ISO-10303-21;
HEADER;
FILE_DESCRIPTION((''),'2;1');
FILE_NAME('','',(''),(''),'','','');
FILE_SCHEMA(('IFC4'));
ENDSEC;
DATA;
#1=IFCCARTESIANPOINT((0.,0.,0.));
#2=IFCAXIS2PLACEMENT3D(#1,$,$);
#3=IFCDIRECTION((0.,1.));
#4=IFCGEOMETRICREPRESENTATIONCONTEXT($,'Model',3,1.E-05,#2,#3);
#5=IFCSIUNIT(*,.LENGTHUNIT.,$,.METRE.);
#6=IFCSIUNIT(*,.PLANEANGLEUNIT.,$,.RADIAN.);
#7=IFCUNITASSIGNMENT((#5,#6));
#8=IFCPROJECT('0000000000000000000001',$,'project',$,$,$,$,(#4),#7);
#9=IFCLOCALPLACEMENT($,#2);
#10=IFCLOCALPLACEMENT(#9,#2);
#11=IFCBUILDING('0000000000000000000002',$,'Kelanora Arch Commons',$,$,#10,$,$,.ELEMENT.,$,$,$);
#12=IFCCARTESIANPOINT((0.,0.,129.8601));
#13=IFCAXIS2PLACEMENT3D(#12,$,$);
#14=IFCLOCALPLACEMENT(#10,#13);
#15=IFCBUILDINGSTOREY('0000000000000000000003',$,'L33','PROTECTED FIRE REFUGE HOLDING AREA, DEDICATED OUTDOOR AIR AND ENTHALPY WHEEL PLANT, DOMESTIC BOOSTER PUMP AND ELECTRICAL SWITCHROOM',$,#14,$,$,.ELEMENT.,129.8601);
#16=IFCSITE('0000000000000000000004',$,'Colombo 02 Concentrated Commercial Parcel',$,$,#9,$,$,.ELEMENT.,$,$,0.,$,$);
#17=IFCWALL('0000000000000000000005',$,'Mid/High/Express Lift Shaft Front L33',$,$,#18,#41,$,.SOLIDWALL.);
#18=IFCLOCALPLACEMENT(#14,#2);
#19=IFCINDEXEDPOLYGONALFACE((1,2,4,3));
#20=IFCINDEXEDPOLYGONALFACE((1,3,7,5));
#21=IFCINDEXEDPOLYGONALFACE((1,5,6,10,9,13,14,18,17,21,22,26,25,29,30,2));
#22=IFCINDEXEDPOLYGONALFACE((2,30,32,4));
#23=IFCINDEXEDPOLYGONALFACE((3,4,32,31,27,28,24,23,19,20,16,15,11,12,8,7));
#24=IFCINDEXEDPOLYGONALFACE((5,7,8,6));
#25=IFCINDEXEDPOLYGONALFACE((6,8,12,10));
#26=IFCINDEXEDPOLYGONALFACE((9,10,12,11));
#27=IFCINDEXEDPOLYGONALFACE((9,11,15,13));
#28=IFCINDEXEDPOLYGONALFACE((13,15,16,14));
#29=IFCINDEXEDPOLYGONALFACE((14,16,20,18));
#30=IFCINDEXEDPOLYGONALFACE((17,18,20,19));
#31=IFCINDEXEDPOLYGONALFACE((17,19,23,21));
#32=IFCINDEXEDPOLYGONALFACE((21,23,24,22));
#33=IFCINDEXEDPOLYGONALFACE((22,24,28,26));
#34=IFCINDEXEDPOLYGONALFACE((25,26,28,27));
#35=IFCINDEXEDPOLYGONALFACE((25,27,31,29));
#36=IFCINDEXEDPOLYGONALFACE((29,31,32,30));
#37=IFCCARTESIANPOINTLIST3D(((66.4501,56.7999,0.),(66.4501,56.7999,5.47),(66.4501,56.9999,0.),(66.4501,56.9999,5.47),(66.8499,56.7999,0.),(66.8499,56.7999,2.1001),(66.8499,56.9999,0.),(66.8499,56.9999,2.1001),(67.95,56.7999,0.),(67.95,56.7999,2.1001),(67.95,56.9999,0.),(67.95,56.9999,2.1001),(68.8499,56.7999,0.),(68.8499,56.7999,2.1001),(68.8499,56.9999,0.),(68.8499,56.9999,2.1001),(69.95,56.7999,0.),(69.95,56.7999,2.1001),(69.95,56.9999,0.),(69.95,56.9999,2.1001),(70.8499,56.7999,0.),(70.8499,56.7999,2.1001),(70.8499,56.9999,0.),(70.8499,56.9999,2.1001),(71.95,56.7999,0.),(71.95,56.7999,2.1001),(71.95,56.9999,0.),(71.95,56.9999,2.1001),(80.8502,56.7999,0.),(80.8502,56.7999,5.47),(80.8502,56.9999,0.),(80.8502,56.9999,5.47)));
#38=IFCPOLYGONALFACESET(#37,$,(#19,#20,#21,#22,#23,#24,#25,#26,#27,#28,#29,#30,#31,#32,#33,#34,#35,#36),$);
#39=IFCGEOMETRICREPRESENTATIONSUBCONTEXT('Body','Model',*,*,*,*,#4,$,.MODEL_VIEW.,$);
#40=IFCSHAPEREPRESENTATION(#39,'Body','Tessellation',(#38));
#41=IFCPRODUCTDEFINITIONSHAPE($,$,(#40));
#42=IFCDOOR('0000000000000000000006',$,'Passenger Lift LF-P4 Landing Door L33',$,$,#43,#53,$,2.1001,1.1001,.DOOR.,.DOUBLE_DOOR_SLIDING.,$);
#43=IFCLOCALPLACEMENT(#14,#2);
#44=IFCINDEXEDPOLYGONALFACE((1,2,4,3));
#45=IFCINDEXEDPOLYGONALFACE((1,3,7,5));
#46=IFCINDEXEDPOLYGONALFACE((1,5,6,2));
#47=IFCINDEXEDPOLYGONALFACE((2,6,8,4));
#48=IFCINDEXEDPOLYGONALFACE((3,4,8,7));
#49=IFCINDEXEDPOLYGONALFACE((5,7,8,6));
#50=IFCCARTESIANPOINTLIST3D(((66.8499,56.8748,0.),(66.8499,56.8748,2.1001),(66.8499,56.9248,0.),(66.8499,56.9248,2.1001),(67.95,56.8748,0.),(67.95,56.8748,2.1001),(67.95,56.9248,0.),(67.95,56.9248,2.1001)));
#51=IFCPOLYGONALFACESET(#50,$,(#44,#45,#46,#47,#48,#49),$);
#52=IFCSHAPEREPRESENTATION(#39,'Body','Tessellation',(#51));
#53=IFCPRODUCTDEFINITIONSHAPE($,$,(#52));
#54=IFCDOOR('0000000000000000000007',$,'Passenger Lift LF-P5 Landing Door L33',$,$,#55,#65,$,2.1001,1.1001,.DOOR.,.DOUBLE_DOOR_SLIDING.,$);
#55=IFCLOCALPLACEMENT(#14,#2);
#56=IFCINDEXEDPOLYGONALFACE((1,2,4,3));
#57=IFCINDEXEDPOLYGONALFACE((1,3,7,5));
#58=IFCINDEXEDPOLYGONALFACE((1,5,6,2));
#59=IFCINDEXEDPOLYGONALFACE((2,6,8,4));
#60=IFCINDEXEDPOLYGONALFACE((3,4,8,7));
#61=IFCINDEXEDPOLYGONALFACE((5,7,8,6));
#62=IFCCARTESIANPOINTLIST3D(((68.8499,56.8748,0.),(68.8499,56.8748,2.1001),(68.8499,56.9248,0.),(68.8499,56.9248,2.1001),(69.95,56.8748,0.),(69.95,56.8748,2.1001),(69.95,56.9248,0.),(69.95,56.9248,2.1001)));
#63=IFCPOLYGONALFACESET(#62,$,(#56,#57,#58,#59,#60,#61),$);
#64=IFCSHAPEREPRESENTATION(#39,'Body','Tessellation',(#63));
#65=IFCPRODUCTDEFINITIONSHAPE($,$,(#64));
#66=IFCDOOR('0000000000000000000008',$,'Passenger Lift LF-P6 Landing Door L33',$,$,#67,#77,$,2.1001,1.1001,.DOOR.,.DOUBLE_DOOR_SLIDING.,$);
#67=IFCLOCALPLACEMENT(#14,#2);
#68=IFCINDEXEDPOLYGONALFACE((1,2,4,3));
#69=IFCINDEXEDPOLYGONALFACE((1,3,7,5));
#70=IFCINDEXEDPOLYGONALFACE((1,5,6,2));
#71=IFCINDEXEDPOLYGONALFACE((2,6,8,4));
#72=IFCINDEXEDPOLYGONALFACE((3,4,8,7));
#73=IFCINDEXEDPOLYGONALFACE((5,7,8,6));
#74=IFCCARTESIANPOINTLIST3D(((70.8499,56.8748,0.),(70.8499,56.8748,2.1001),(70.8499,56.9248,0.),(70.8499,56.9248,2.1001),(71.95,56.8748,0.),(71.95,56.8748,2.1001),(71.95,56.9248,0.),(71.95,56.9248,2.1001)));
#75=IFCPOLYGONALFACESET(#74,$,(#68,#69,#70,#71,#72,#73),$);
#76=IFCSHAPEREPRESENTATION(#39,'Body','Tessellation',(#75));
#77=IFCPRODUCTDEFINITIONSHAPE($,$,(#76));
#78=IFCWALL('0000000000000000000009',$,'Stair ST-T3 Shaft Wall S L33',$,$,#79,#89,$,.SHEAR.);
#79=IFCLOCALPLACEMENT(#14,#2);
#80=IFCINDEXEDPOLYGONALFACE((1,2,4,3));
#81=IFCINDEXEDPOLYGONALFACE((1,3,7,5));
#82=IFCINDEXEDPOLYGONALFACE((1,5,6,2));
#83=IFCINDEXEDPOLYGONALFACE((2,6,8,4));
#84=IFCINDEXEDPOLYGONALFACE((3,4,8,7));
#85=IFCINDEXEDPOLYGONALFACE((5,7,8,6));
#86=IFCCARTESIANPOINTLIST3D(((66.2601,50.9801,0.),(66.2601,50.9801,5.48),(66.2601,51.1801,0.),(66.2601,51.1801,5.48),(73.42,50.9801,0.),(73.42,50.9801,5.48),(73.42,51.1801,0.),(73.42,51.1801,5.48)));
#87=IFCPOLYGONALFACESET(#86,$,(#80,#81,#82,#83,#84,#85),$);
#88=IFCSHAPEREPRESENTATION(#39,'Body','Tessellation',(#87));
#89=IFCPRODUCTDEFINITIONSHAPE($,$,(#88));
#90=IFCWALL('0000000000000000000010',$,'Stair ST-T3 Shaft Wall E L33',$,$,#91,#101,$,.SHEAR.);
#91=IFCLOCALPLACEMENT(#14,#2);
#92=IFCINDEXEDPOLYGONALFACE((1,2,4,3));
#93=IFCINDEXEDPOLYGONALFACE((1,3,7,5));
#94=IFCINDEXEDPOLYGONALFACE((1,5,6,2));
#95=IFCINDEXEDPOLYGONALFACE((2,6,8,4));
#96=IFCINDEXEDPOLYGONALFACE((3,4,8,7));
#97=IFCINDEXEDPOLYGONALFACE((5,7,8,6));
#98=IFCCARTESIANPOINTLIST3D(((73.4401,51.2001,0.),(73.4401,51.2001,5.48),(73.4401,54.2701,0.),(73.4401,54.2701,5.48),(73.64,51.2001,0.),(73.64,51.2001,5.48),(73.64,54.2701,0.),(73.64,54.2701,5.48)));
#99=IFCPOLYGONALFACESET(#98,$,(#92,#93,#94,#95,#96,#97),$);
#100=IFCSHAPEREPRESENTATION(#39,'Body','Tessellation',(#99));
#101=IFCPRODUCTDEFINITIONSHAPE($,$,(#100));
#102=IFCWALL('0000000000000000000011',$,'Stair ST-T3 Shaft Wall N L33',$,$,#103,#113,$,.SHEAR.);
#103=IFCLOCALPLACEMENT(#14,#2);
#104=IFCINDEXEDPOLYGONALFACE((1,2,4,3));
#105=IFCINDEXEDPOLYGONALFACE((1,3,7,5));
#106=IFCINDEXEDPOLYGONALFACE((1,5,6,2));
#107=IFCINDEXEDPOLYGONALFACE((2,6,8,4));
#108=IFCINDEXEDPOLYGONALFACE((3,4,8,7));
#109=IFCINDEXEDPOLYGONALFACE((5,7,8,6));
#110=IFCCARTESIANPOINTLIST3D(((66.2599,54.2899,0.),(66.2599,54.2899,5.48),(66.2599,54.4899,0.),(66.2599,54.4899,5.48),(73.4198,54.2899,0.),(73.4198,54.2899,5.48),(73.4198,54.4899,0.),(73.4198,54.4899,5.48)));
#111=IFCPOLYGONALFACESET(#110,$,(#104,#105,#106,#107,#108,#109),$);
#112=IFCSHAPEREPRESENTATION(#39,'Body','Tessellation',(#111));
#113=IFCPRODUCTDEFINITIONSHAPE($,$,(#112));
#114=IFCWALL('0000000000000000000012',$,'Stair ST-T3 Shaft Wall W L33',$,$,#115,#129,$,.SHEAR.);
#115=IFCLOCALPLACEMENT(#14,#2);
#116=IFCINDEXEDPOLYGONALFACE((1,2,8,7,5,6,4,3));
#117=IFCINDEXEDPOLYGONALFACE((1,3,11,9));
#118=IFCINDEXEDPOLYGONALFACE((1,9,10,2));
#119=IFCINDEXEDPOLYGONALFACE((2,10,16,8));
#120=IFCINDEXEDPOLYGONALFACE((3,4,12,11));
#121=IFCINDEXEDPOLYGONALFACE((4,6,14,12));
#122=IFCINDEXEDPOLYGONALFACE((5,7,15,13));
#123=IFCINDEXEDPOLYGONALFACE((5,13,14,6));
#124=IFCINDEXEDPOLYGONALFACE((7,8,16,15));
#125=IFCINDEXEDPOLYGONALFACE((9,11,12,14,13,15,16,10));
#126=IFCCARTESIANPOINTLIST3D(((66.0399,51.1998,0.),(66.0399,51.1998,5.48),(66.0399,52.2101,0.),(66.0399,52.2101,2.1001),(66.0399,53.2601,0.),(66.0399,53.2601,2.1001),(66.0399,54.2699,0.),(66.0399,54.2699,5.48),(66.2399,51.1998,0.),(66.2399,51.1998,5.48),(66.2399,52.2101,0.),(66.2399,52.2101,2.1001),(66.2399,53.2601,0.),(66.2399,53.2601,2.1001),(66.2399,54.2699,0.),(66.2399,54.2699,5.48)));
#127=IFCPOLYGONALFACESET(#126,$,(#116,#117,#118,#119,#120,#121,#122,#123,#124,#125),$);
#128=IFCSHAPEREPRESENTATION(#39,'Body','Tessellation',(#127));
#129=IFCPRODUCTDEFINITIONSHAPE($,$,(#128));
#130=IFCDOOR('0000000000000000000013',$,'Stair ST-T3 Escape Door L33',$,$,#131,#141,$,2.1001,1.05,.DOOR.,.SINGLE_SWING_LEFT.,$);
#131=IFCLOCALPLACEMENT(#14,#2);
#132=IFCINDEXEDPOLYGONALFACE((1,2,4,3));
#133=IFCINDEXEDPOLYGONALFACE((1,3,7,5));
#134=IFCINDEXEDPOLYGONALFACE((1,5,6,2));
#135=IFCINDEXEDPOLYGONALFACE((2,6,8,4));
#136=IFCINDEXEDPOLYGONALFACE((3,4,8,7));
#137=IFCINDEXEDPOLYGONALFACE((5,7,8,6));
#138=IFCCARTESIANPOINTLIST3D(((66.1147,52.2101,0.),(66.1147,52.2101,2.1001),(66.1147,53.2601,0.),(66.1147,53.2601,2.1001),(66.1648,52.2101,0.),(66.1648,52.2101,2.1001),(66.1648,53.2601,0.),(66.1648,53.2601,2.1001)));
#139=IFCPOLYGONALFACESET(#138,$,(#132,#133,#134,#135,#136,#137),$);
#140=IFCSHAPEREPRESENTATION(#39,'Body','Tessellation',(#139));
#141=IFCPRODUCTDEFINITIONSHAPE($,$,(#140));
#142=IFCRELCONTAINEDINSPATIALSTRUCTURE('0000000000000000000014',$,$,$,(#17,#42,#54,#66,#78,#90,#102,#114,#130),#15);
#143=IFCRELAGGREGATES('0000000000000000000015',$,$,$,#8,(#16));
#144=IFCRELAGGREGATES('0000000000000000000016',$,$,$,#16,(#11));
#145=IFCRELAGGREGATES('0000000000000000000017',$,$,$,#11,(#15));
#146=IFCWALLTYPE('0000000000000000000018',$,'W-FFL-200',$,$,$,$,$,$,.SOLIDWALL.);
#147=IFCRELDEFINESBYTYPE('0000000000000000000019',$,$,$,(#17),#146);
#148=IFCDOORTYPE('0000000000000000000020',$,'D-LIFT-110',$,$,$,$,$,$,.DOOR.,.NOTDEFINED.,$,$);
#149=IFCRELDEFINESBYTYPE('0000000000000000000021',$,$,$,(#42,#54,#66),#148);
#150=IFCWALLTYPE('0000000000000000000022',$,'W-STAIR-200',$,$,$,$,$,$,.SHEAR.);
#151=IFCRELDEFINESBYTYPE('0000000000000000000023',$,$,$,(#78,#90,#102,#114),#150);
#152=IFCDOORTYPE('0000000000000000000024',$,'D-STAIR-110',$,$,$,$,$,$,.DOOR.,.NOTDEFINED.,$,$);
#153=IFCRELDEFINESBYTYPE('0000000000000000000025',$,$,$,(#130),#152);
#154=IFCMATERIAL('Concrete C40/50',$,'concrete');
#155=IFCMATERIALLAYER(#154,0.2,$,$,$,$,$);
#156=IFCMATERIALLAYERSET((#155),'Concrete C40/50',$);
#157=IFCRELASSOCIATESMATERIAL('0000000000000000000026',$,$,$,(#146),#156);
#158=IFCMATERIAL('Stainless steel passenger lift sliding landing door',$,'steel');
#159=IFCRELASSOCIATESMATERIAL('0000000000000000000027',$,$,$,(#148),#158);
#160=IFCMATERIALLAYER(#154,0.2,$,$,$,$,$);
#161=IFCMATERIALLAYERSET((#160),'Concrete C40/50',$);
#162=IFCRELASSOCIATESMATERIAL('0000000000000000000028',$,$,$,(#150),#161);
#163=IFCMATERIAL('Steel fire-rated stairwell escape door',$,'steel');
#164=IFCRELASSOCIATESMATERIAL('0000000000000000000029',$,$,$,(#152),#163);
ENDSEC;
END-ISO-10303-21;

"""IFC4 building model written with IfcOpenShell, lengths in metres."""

from ifc_helpers import new_model, si_unit, direction, frame, frame_2d, origin, place, context, subcontext, project, spatial, rectangle, extrude, material, layer, layer_set, type_object, element, fill, save


model = new_model("IFC4")

# Units and contexts
model_context = context("Model", 3, precision=1e-05, world=origin(), true_north=direction((0.0, 1.0)))
body_context = subcontext(model_context, "Body", "Model", "MODEL_VIEW")
ifc_project = project(units=[si_unit("LENGTHUNIT", "METRE"), si_unit("PLANEANGLEUNIT", "RADIAN")], contexts=[model_context])

# Site, building, storey
site_placement = place(None, origin())
site = spatial("IfcSite", under=ifc_project, at=site_placement, Name="Colombo 02 Concentrated Commercial Parcel", CompositionType="ELEMENT", RefElevation=0.0)
building_placement = place(site_placement, origin())
building = spatial("IfcBuilding", under=site, at=building_placement, Name="Kelanora Arch Commons", CompositionType="ELEMENT")
storey_placement = place(building_placement, frame((0.0, 0.0, 129.8601)))
storey = spatial("IfcBuildingStorey", under=building, at=storey_placement, Name="L33", Description="PROTECTED FIRE REFUGE HOLDING AREA, DEDICATED OUTDOOR AIR AND ENTHALPY WHEEL PLANT, DOMESTIC BOOSTER PUMP AND ELECTRICAL SWITCHROOM", CompositionType="ELEMENT", Elevation=129.8601)

# Wall, openings, doors
ifc_material_1 = material(Name="Concrete C40/50", Category="concrete")
ifc_layer_1 = layer(ifc_material_1, 0.2)
ifc_layer_set_1 = layer_set([ifc_layer_1], Name="Concrete C40/50")
wall_type_1 = type_object("IfcWallType", Name="W-FFL-200", PredefinedType="SOLIDWALL", material=ifc_layer_set_1)
wall_1_placement = place(storey_placement, frame((66.45, 56.8999, 0.0), z_axis=(0.0, 0.0, 1.0), x_axis=(1.0, 0.0, 0.0)))
wall_1 = element("IfcWall", 1, at=wall_1_placement, inside=storey, type_object=wall_type_1, Name="Mid/High/Express Lift Shaft Front L33", PredefinedType="SOLIDWALL", context=body_context, shape_type="SweptSolid", body=[
    extrude(rectangle(XDim=14.4001, YDim=0.2, at=frame_2d((7.2002, 0.0))), origin(), (0.0, 0.0, 1.0), 5.47),
])
opening_1_placement = place(wall_1_placement, frame((0.3999, 0.0, 0.0)))
opening_1 = element("IfcOpeningElement", 2, at=opening_1_placement, cuts=wall_1, PredefinedType="OPENING", context=body_context, shape_type="SweptSolid", body=[
    extrude(rectangle(XDim=1.1001, YDim=2.1001, at=frame_2d((0.55, 1.05))), frame((0.0, 0.1099, 0.0), z_axis=(0.0, -1.0, 0.0), x_axis=(1.0, 0.0, 0.0)), (0.0, 0.0, 1.0), 0.22),
])
opening_2_placement = place(wall_1_placement, frame((2.3999, 0.0, 0.0)))
opening_2 = element("IfcOpeningElement", 3, at=opening_2_placement, cuts=wall_1, PredefinedType="OPENING", context=body_context, shape_type="SweptSolid", body=[
    extrude(rectangle(XDim=1.1001, YDim=2.1001, at=frame_2d((0.55, 1.05))), frame((0.0, 0.1099, 0.0), z_axis=(0.0, -1.0, 0.0), x_axis=(1.0, 0.0, 0.0)), (0.0, 0.0, 1.0), 0.22),
])
opening_3_placement = place(wall_1_placement, frame((4.3999, 0.0, 0.0)))
opening_3 = element("IfcOpeningElement", 4, at=opening_3_placement, cuts=wall_1, PredefinedType="OPENING", context=body_context, shape_type="SweptSolid", body=[
    extrude(rectangle(XDim=1.1001, YDim=2.1001, at=frame_2d((0.55, 1.05))), frame((0.0, 0.1099, 0.0), z_axis=(0.0, -1.0, 0.0), x_axis=(1.0, 0.0, 0.0)), (0.0, 0.0, 1.0), 0.22),
])
ifc_material_2 = material(Name="Stainless steel passenger lift sliding landing door", Category="steel")
door_type_1 = type_object("IfcDoorType", Name="D-LIFT-110", OperationType="NOTDEFINED", PredefinedType="DOOR", material=ifc_material_2)
door_1_placement = place(opening_1_placement, origin())
door_1 = element("IfcDoor", 5, at=door_1_placement, inside=storey, type_object=door_type_1, Name="Passenger Lift LF-P4 Landing Door L33", OperationType="DOUBLE_DOOR_SLIDING", OverallHeight=2.1001, OverallWidth=1.1001, PredefinedType="DOOR", context=body_context, shape_type="SweptSolid", body=[
    extrude(rectangle(XDim=1.1001, YDim=2.1001, at=frame_2d((0.55, 1.05))), frame((0.0, 0.0249, 0.0), z_axis=(0.0, -1.0, 0.0), x_axis=(1.0, 0.0, 0.0)), (0.0, 0.0, 1.0), 0.05),
])
fill(opening_1, door_1)
door_2_placement = place(opening_2_placement, origin())
door_2 = element("IfcDoor", 6, at=door_2_placement, inside=storey, type_object=door_type_1, Name="Passenger Lift LF-P5 Landing Door L33", OperationType="DOUBLE_DOOR_SLIDING", OverallHeight=2.1001, OverallWidth=1.1001, PredefinedType="DOOR", context=body_context, shape_type="SweptSolid", body=[
    extrude(rectangle(XDim=1.1001, YDim=2.1001, at=frame_2d((0.55, 1.05))), frame((0.0, 0.0249, 0.0), z_axis=(0.0, -1.0, 0.0), x_axis=(1.0, 0.0, 0.0)), (0.0, 0.0, 1.0), 0.05),
])
fill(opening_2, door_2)
door_3_placement = place(opening_3_placement, origin())
door_3 = element("IfcDoor", 7, at=door_3_placement, inside=storey, type_object=door_type_1, Name="Passenger Lift LF-P6 Landing Door L33", OperationType="DOUBLE_DOOR_SLIDING", OverallHeight=2.1001, OverallWidth=1.1001, PredefinedType="DOOR", context=body_context, shape_type="SweptSolid", body=[
    extrude(rectangle(XDim=1.1001, YDim=2.1001, at=frame_2d((0.55, 1.05))), frame((0.0, 0.0249, 0.0), z_axis=(0.0, -1.0, 0.0), x_axis=(1.0, 0.0, 0.0)), (0.0, 0.0, 1.0), 0.05),
])
fill(opening_3, door_3)

# Walls
ifc_layer_2 = layer(ifc_material_1, 0.2)
ifc_layer_set_2 = layer_set([ifc_layer_2], Name="Concrete C40/50")
wall_type_2 = type_object("IfcWallType", Name="W-STAIR-200", PredefinedType="SHEAR", material=ifc_layer_set_2)
wall_2_placement = place(storey_placement, frame((66.26, 51.0801, 0.0), z_axis=(0.0, 0.0, 1.0), x_axis=(1.0, 0.0, 0.0)))
element("IfcWall", 8, at=wall_2_placement, inside=storey, type_object=wall_type_2, Name="Stair ST-T3 Shaft Wall S L33", PredefinedType="SHEAR", context=body_context, shape_type="SweptSolid", body=[
    extrude(rectangle(XDim=7.1599, YDim=0.2, at=frame_2d((3.5801, 0.0))), origin(), (0.0, 0.0, 1.0), 5.48),
])
wall_3_placement = place(storey_placement, frame((73.54, 51.2, 0.0), z_axis=(0.0, 0.0, 1.0), x_axis=(0.0, 1.0, 0.0)))
element("IfcWall", 9, at=wall_3_placement, inside=storey, type_object=wall_type_2, Name="Stair ST-T3 Shaft Wall E L33", PredefinedType="SHEAR", context=body_context, shape_type="SweptSolid", body=[
    extrude(rectangle(XDim=3.0701, YDim=0.2, at=frame_2d((1.5352, 0.0))), origin(), (0.0, 0.0, 1.0), 5.48),
])
wall_4_placement = place(storey_placement, frame((73.4199, 54.3899, 0.0), z_axis=(0.0, 0.0, 1.0), x_axis=(-1.0, 0.0, 0.0)))
element("IfcWall", 10, at=wall_4_placement, inside=storey, type_object=wall_type_2, Name="Stair ST-T3 Shaft Wall N L33", PredefinedType="SHEAR", context=body_context, shape_type="SweptSolid", body=[
    extrude(rectangle(XDim=7.1599, YDim=0.2, at=frame_2d((3.5801, 0.0))), origin(), (0.0, 0.0, 1.0), 5.48),
])

# Wall, opening, door
wall_5_placement = place(storey_placement, frame((66.1399, 54.27, 0.0), z_axis=(0.0, 0.0, 1.0), x_axis=(0.0, -1.0, 0.0)))
wall_5 = element("IfcWall", 11, at=wall_5_placement, inside=storey, type_object=wall_type_2, Name="Stair ST-T3 Shaft Wall W L33", PredefinedType="SHEAR", context=body_context, shape_type="SweptSolid", body=[
    extrude(rectangle(XDim=3.0701, YDim=0.2, at=frame_2d((1.5352, 0.0))), origin(), (0.0, 0.0, 1.0), 5.48),
])
opening_4_placement = place(wall_5_placement, frame((1.01, 0.0, 0.0)))
opening_4 = element("IfcOpeningElement", 12, at=opening_4_placement, cuts=wall_5, PredefinedType="OPENING", context=body_context, shape_type="SweptSolid", body=[
    extrude(rectangle(XDim=1.05, YDim=2.1001, at=frame_2d((0.5249, 1.05))), frame((0.0, 0.1099, 0.0), z_axis=(0.0, -1.0, 0.0), x_axis=(1.0, 0.0, 0.0)), (0.0, 0.0, 1.0), 0.22),
])
ifc_material_3 = material(Name="Steel fire-rated stairwell escape door", Category="steel")
door_type_2 = type_object("IfcDoorType", Name="D-STAIR-110", OperationType="NOTDEFINED", PredefinedType="DOOR", material=ifc_material_3)
door_4_placement = place(opening_4_placement, origin())
door_4 = element("IfcDoor", 13, at=door_4_placement, inside=storey, type_object=door_type_2, Name="Stair ST-T3 Escape Door L33", OperationType="SINGLE_SWING_LEFT", OverallHeight=2.1001, OverallWidth=1.05, PredefinedType="DOOR", context=body_context, shape_type="SweptSolid", body=[
    extrude(rectangle(XDim=1.05, YDim=2.1001, at=frame_2d((0.5249, 1.05))), frame((0.0, 0.0249, 0.0), z_axis=(0.0, -1.0, 0.0), x_axis=(1.0, 0.0, 0.0)), (0.0, 0.0, 1.0), 0.05),
])
fill(opening_4, door_4)

save(model, "model.ifc")
